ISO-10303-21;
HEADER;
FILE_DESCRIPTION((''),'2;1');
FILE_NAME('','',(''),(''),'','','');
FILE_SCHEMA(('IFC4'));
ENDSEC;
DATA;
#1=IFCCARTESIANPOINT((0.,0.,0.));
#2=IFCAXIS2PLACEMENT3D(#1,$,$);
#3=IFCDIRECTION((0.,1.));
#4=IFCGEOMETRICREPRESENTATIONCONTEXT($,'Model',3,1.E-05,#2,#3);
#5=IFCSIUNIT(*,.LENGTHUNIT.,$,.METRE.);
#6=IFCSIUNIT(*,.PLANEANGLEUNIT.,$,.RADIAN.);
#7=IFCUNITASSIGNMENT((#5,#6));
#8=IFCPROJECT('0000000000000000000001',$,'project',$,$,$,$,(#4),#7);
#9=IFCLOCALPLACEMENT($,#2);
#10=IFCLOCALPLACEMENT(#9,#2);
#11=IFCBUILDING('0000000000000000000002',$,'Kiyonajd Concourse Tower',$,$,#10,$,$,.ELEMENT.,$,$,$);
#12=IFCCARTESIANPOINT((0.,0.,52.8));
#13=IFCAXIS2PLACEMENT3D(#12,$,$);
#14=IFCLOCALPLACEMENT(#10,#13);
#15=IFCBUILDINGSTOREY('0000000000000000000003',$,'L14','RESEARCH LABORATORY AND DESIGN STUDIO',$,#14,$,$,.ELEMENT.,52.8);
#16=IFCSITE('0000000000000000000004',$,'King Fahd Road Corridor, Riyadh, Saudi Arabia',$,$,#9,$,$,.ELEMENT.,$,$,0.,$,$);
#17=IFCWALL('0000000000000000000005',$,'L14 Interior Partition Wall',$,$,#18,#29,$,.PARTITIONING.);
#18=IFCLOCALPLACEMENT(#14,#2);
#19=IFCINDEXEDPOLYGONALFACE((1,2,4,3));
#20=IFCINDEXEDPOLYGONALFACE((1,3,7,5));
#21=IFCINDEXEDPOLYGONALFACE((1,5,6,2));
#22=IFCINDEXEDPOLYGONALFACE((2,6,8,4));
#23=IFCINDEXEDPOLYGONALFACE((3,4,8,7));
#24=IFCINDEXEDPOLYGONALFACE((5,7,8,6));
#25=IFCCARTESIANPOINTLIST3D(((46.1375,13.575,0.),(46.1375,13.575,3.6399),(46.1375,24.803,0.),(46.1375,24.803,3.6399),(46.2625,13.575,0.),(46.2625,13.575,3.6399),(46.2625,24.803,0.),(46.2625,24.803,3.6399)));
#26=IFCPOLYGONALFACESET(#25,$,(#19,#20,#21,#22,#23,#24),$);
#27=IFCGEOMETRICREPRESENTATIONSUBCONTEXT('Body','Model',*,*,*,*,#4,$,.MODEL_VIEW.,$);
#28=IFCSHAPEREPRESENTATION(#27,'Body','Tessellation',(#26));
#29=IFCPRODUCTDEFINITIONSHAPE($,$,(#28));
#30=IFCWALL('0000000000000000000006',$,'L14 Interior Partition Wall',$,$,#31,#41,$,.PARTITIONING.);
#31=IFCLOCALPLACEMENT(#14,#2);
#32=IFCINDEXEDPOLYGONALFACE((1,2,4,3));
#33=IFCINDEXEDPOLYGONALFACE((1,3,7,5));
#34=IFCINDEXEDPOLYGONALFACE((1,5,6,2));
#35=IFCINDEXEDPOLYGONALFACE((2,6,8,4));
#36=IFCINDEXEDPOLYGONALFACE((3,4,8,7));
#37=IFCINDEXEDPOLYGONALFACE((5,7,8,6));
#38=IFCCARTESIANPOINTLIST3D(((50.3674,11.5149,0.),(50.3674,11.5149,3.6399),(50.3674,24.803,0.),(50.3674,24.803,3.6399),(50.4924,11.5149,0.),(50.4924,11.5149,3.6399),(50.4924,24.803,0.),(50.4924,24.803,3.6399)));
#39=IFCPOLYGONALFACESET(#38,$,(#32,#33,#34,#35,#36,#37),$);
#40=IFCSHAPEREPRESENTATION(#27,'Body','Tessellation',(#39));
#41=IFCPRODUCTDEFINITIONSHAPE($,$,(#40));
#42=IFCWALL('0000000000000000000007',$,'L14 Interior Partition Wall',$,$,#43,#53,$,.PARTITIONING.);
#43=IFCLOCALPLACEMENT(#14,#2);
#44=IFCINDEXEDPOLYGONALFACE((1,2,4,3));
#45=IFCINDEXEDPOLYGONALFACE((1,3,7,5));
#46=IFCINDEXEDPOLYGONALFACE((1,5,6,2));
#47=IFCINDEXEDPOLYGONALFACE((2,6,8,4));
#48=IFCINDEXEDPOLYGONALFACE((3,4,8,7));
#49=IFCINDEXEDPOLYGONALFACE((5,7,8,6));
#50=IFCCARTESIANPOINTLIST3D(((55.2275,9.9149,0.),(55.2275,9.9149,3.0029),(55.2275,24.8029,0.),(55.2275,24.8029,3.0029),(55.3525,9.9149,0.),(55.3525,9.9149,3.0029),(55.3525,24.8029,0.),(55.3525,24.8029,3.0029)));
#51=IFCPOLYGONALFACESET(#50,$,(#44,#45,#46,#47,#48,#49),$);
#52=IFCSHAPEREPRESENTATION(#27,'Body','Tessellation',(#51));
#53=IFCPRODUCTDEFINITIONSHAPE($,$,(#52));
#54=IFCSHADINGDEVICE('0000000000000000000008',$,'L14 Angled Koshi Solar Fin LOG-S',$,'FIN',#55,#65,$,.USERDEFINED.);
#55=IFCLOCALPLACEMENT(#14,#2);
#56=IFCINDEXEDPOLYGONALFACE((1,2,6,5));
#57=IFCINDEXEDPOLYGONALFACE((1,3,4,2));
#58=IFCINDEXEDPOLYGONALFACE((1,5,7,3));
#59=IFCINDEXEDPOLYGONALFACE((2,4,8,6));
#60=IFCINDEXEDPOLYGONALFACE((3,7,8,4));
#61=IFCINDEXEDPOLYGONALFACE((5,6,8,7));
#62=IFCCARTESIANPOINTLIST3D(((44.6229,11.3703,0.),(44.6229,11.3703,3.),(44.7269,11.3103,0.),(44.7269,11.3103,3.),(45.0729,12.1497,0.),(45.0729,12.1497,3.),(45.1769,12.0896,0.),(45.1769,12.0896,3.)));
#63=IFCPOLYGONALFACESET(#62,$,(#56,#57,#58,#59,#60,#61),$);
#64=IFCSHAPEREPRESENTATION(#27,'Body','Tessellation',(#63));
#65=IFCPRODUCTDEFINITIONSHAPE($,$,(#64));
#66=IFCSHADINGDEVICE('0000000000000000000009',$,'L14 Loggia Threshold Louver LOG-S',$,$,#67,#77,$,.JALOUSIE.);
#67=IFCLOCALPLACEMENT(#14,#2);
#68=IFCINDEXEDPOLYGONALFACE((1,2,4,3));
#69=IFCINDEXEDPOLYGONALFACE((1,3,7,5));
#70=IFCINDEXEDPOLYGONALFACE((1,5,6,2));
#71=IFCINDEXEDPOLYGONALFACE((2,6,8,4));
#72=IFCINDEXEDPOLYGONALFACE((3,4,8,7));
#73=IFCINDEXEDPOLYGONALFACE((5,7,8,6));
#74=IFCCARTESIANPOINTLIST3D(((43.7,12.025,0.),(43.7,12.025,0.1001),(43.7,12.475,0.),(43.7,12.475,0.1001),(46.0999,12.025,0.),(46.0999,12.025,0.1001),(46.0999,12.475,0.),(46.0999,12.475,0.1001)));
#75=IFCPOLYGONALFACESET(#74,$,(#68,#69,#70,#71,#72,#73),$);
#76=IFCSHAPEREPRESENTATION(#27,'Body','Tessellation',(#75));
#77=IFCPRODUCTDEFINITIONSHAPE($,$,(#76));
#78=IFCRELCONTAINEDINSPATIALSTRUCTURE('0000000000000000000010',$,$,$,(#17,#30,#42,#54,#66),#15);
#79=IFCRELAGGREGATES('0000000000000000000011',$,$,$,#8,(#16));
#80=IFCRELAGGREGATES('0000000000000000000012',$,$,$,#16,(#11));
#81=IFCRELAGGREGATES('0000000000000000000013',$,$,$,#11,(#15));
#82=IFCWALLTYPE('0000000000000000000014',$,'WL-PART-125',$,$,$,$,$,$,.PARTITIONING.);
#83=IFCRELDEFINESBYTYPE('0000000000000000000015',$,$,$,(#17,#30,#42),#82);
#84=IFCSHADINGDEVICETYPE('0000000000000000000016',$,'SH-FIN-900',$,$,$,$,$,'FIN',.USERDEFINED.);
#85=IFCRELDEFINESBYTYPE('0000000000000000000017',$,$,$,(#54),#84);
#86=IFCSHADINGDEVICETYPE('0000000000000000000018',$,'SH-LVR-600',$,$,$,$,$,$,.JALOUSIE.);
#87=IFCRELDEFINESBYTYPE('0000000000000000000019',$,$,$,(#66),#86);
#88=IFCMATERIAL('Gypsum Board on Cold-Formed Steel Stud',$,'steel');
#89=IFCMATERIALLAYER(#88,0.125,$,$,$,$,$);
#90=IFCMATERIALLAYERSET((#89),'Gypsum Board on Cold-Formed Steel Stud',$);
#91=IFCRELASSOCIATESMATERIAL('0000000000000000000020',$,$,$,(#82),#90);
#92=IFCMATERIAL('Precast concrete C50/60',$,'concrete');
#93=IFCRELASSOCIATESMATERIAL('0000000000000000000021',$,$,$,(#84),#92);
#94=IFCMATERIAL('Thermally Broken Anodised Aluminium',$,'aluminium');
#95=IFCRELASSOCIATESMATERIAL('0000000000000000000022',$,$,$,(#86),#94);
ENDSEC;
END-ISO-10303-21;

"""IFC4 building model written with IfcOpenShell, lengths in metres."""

from ifc_helpers import new_model, si_unit, direction, frame, frame_2d, origin, origin_2d, place, context, subcontext, project, spatial, rectangle, extrude, material, layer, layer_set, type_object, element, save


model = new_model("IFC4")

# Units and contexts
model_context = context("Model", 3, precision=1e-05, world=origin(), true_north=direction((0.0, 1.0)))
body_context = subcontext(model_context, "Body", "Model", "MODEL_VIEW")
ifc_project = project(units=[si_unit("LENGTHUNIT", "METRE"), si_unit("PLANEANGLEUNIT", "RADIAN")], contexts=[model_context])

# Site, building, storey
site_placement = place(None, origin())
site = spatial("IfcSite", under=ifc_project, at=site_placement, Name="King Fahd Road Corridor, Riyadh, Saudi Arabia", CompositionType="ELEMENT", RefElevation=0.0)
building_placement = place(site_placement, origin())
building = spatial("IfcBuilding", under=site, at=building_placement, Name="Kiyonajd Concourse Tower", CompositionType="ELEMENT")
storey_placement = place(building_placement, frame((0.0, 0.0, 52.8)))
storey = spatial("IfcBuildingStorey", under=building, at=storey_placement, Name="L14", Description="RESEARCH LABORATORY AND DESIGN STUDIO", CompositionType="ELEMENT", Elevation=52.8)

# Shared definitions
ifc_material_1 = material(Name="Precast concrete C50/60", Category="concrete")

# Shared definitions
ifc_material_2 = material(Name="Thermally Broken Anodised Aluminium", Category="aluminium")

# Walls
ifc_material_3 = material(Name="Gypsum Board on Cold-Formed Steel Stud", Category="steel")
ifc_layer_1 = layer(ifc_material_3, 0.125)
ifc_layer_set_1 = layer_set([ifc_layer_1], Name="Gypsum Board on Cold-Formed Steel Stud")
wall_type_1 = type_object("IfcWallType", Name="WL-PART-125", PredefinedType="PARTITIONING", material=ifc_layer_set_1)
wall_1_placement = place(storey_placement, frame((46.2, 13.575, 0.0), z_axis=(0.0, 0.0, 1.0), x_axis=(0.0, 1.0, 0.0)))
element("IfcWall", 1, at=wall_1_placement, inside=storey, type_object=wall_type_1, Name="L14 Interior Partition Wall", PredefinedType="PARTITIONING", context=body_context, shape_type="SweptSolid", body=[
    extrude(rectangle(XDim=11.228, YDim=0.125, at=frame_2d((5.614, 0.0))), origin(), (0.0, 0.0, 1.0), 3.6399),
])
wall_2_placement = place(storey_placement, frame((50.4299, 11.5149, 0.0), z_axis=(0.0, 0.0, 1.0), x_axis=(0.0, 1.0, 0.0)))
element("IfcWall", 2, at=wall_2_placement, inside=storey, type_object=wall_type_1, Name="L14 Interior Partition Wall", PredefinedType="PARTITIONING", context=body_context, shape_type="SweptSolid", body=[
    extrude(rectangle(XDim=13.2881, YDim=0.125, at=frame_2d((6.644, 0.0))), origin(), (0.0, 0.0, 1.0), 3.6399),
])
wall_3_placement = place(storey_placement, frame((55.29, 9.915, 0.0), z_axis=(0.0, 0.0, 1.0), x_axis=(0.0, 1.0, 0.0)))
element("IfcWall", 3, at=wall_3_placement, inside=storey, type_object=wall_type_1, Name="L14 Interior Partition Wall", PredefinedType="PARTITIONING", context=body_context, shape_type="SweptSolid", body=[
    extrude(rectangle(XDim=14.8879, YDim=0.125, at=frame_2d((7.4438, 0.0))), origin(), (0.0, 0.0, 1.0), 3.0029),
])

# Shading devices
shading_device_type_1 = type_object("IfcShadingDeviceType", Name="SH-FIN-900", ElementType="FIN", PredefinedType="USERDEFINED", material=ifc_material_1)
shading_device_1_placement = place(storey_placement, frame((44.8999, 11.73, 0.0), z_axis=(0.0, 0.0, 1.0), x_axis=(0.5, 0.866025, 0.0)))
element("IfcShadingDevice", 4, at=shading_device_1_placement, inside=storey, type_object=shading_device_type_1, Name="L14 Angled Koshi Solar Fin LOG-S", ObjectType="FIN", PredefinedType="USERDEFINED", context=body_context, shape_type="SweptSolid", body=[
    extrude(rectangle(XDim=0.8999, YDim=0.1201, at=origin_2d()), origin(), (0.0, 0.0, 1.0), 3.0),
])
shading_device_type_2 = type_object("IfcShadingDeviceType", Name="SH-LVR-600", PredefinedType="JALOUSIE", material=ifc_material_2)
shading_device_2_placement = place(storey_placement, frame((44.8999, 12.25, 0.0), z_axis=(0.0, 0.0, 1.0), x_axis=(1.0, 0.0, 0.0)))
element("IfcShadingDevice", 5, at=shading_device_2_placement, inside=storey, type_object=shading_device_type_2, Name="L14 Loggia Threshold Louver LOG-S", PredefinedType="JALOUSIE", context=body_context, shape_type="SweptSolid", body=[
    extrude(rectangle(XDim=2.3999, YDim=0.45, at=origin_2d()), origin(), (0.0, 0.0, 1.0), 0.1001),
])

save(model, "model.ifc")
